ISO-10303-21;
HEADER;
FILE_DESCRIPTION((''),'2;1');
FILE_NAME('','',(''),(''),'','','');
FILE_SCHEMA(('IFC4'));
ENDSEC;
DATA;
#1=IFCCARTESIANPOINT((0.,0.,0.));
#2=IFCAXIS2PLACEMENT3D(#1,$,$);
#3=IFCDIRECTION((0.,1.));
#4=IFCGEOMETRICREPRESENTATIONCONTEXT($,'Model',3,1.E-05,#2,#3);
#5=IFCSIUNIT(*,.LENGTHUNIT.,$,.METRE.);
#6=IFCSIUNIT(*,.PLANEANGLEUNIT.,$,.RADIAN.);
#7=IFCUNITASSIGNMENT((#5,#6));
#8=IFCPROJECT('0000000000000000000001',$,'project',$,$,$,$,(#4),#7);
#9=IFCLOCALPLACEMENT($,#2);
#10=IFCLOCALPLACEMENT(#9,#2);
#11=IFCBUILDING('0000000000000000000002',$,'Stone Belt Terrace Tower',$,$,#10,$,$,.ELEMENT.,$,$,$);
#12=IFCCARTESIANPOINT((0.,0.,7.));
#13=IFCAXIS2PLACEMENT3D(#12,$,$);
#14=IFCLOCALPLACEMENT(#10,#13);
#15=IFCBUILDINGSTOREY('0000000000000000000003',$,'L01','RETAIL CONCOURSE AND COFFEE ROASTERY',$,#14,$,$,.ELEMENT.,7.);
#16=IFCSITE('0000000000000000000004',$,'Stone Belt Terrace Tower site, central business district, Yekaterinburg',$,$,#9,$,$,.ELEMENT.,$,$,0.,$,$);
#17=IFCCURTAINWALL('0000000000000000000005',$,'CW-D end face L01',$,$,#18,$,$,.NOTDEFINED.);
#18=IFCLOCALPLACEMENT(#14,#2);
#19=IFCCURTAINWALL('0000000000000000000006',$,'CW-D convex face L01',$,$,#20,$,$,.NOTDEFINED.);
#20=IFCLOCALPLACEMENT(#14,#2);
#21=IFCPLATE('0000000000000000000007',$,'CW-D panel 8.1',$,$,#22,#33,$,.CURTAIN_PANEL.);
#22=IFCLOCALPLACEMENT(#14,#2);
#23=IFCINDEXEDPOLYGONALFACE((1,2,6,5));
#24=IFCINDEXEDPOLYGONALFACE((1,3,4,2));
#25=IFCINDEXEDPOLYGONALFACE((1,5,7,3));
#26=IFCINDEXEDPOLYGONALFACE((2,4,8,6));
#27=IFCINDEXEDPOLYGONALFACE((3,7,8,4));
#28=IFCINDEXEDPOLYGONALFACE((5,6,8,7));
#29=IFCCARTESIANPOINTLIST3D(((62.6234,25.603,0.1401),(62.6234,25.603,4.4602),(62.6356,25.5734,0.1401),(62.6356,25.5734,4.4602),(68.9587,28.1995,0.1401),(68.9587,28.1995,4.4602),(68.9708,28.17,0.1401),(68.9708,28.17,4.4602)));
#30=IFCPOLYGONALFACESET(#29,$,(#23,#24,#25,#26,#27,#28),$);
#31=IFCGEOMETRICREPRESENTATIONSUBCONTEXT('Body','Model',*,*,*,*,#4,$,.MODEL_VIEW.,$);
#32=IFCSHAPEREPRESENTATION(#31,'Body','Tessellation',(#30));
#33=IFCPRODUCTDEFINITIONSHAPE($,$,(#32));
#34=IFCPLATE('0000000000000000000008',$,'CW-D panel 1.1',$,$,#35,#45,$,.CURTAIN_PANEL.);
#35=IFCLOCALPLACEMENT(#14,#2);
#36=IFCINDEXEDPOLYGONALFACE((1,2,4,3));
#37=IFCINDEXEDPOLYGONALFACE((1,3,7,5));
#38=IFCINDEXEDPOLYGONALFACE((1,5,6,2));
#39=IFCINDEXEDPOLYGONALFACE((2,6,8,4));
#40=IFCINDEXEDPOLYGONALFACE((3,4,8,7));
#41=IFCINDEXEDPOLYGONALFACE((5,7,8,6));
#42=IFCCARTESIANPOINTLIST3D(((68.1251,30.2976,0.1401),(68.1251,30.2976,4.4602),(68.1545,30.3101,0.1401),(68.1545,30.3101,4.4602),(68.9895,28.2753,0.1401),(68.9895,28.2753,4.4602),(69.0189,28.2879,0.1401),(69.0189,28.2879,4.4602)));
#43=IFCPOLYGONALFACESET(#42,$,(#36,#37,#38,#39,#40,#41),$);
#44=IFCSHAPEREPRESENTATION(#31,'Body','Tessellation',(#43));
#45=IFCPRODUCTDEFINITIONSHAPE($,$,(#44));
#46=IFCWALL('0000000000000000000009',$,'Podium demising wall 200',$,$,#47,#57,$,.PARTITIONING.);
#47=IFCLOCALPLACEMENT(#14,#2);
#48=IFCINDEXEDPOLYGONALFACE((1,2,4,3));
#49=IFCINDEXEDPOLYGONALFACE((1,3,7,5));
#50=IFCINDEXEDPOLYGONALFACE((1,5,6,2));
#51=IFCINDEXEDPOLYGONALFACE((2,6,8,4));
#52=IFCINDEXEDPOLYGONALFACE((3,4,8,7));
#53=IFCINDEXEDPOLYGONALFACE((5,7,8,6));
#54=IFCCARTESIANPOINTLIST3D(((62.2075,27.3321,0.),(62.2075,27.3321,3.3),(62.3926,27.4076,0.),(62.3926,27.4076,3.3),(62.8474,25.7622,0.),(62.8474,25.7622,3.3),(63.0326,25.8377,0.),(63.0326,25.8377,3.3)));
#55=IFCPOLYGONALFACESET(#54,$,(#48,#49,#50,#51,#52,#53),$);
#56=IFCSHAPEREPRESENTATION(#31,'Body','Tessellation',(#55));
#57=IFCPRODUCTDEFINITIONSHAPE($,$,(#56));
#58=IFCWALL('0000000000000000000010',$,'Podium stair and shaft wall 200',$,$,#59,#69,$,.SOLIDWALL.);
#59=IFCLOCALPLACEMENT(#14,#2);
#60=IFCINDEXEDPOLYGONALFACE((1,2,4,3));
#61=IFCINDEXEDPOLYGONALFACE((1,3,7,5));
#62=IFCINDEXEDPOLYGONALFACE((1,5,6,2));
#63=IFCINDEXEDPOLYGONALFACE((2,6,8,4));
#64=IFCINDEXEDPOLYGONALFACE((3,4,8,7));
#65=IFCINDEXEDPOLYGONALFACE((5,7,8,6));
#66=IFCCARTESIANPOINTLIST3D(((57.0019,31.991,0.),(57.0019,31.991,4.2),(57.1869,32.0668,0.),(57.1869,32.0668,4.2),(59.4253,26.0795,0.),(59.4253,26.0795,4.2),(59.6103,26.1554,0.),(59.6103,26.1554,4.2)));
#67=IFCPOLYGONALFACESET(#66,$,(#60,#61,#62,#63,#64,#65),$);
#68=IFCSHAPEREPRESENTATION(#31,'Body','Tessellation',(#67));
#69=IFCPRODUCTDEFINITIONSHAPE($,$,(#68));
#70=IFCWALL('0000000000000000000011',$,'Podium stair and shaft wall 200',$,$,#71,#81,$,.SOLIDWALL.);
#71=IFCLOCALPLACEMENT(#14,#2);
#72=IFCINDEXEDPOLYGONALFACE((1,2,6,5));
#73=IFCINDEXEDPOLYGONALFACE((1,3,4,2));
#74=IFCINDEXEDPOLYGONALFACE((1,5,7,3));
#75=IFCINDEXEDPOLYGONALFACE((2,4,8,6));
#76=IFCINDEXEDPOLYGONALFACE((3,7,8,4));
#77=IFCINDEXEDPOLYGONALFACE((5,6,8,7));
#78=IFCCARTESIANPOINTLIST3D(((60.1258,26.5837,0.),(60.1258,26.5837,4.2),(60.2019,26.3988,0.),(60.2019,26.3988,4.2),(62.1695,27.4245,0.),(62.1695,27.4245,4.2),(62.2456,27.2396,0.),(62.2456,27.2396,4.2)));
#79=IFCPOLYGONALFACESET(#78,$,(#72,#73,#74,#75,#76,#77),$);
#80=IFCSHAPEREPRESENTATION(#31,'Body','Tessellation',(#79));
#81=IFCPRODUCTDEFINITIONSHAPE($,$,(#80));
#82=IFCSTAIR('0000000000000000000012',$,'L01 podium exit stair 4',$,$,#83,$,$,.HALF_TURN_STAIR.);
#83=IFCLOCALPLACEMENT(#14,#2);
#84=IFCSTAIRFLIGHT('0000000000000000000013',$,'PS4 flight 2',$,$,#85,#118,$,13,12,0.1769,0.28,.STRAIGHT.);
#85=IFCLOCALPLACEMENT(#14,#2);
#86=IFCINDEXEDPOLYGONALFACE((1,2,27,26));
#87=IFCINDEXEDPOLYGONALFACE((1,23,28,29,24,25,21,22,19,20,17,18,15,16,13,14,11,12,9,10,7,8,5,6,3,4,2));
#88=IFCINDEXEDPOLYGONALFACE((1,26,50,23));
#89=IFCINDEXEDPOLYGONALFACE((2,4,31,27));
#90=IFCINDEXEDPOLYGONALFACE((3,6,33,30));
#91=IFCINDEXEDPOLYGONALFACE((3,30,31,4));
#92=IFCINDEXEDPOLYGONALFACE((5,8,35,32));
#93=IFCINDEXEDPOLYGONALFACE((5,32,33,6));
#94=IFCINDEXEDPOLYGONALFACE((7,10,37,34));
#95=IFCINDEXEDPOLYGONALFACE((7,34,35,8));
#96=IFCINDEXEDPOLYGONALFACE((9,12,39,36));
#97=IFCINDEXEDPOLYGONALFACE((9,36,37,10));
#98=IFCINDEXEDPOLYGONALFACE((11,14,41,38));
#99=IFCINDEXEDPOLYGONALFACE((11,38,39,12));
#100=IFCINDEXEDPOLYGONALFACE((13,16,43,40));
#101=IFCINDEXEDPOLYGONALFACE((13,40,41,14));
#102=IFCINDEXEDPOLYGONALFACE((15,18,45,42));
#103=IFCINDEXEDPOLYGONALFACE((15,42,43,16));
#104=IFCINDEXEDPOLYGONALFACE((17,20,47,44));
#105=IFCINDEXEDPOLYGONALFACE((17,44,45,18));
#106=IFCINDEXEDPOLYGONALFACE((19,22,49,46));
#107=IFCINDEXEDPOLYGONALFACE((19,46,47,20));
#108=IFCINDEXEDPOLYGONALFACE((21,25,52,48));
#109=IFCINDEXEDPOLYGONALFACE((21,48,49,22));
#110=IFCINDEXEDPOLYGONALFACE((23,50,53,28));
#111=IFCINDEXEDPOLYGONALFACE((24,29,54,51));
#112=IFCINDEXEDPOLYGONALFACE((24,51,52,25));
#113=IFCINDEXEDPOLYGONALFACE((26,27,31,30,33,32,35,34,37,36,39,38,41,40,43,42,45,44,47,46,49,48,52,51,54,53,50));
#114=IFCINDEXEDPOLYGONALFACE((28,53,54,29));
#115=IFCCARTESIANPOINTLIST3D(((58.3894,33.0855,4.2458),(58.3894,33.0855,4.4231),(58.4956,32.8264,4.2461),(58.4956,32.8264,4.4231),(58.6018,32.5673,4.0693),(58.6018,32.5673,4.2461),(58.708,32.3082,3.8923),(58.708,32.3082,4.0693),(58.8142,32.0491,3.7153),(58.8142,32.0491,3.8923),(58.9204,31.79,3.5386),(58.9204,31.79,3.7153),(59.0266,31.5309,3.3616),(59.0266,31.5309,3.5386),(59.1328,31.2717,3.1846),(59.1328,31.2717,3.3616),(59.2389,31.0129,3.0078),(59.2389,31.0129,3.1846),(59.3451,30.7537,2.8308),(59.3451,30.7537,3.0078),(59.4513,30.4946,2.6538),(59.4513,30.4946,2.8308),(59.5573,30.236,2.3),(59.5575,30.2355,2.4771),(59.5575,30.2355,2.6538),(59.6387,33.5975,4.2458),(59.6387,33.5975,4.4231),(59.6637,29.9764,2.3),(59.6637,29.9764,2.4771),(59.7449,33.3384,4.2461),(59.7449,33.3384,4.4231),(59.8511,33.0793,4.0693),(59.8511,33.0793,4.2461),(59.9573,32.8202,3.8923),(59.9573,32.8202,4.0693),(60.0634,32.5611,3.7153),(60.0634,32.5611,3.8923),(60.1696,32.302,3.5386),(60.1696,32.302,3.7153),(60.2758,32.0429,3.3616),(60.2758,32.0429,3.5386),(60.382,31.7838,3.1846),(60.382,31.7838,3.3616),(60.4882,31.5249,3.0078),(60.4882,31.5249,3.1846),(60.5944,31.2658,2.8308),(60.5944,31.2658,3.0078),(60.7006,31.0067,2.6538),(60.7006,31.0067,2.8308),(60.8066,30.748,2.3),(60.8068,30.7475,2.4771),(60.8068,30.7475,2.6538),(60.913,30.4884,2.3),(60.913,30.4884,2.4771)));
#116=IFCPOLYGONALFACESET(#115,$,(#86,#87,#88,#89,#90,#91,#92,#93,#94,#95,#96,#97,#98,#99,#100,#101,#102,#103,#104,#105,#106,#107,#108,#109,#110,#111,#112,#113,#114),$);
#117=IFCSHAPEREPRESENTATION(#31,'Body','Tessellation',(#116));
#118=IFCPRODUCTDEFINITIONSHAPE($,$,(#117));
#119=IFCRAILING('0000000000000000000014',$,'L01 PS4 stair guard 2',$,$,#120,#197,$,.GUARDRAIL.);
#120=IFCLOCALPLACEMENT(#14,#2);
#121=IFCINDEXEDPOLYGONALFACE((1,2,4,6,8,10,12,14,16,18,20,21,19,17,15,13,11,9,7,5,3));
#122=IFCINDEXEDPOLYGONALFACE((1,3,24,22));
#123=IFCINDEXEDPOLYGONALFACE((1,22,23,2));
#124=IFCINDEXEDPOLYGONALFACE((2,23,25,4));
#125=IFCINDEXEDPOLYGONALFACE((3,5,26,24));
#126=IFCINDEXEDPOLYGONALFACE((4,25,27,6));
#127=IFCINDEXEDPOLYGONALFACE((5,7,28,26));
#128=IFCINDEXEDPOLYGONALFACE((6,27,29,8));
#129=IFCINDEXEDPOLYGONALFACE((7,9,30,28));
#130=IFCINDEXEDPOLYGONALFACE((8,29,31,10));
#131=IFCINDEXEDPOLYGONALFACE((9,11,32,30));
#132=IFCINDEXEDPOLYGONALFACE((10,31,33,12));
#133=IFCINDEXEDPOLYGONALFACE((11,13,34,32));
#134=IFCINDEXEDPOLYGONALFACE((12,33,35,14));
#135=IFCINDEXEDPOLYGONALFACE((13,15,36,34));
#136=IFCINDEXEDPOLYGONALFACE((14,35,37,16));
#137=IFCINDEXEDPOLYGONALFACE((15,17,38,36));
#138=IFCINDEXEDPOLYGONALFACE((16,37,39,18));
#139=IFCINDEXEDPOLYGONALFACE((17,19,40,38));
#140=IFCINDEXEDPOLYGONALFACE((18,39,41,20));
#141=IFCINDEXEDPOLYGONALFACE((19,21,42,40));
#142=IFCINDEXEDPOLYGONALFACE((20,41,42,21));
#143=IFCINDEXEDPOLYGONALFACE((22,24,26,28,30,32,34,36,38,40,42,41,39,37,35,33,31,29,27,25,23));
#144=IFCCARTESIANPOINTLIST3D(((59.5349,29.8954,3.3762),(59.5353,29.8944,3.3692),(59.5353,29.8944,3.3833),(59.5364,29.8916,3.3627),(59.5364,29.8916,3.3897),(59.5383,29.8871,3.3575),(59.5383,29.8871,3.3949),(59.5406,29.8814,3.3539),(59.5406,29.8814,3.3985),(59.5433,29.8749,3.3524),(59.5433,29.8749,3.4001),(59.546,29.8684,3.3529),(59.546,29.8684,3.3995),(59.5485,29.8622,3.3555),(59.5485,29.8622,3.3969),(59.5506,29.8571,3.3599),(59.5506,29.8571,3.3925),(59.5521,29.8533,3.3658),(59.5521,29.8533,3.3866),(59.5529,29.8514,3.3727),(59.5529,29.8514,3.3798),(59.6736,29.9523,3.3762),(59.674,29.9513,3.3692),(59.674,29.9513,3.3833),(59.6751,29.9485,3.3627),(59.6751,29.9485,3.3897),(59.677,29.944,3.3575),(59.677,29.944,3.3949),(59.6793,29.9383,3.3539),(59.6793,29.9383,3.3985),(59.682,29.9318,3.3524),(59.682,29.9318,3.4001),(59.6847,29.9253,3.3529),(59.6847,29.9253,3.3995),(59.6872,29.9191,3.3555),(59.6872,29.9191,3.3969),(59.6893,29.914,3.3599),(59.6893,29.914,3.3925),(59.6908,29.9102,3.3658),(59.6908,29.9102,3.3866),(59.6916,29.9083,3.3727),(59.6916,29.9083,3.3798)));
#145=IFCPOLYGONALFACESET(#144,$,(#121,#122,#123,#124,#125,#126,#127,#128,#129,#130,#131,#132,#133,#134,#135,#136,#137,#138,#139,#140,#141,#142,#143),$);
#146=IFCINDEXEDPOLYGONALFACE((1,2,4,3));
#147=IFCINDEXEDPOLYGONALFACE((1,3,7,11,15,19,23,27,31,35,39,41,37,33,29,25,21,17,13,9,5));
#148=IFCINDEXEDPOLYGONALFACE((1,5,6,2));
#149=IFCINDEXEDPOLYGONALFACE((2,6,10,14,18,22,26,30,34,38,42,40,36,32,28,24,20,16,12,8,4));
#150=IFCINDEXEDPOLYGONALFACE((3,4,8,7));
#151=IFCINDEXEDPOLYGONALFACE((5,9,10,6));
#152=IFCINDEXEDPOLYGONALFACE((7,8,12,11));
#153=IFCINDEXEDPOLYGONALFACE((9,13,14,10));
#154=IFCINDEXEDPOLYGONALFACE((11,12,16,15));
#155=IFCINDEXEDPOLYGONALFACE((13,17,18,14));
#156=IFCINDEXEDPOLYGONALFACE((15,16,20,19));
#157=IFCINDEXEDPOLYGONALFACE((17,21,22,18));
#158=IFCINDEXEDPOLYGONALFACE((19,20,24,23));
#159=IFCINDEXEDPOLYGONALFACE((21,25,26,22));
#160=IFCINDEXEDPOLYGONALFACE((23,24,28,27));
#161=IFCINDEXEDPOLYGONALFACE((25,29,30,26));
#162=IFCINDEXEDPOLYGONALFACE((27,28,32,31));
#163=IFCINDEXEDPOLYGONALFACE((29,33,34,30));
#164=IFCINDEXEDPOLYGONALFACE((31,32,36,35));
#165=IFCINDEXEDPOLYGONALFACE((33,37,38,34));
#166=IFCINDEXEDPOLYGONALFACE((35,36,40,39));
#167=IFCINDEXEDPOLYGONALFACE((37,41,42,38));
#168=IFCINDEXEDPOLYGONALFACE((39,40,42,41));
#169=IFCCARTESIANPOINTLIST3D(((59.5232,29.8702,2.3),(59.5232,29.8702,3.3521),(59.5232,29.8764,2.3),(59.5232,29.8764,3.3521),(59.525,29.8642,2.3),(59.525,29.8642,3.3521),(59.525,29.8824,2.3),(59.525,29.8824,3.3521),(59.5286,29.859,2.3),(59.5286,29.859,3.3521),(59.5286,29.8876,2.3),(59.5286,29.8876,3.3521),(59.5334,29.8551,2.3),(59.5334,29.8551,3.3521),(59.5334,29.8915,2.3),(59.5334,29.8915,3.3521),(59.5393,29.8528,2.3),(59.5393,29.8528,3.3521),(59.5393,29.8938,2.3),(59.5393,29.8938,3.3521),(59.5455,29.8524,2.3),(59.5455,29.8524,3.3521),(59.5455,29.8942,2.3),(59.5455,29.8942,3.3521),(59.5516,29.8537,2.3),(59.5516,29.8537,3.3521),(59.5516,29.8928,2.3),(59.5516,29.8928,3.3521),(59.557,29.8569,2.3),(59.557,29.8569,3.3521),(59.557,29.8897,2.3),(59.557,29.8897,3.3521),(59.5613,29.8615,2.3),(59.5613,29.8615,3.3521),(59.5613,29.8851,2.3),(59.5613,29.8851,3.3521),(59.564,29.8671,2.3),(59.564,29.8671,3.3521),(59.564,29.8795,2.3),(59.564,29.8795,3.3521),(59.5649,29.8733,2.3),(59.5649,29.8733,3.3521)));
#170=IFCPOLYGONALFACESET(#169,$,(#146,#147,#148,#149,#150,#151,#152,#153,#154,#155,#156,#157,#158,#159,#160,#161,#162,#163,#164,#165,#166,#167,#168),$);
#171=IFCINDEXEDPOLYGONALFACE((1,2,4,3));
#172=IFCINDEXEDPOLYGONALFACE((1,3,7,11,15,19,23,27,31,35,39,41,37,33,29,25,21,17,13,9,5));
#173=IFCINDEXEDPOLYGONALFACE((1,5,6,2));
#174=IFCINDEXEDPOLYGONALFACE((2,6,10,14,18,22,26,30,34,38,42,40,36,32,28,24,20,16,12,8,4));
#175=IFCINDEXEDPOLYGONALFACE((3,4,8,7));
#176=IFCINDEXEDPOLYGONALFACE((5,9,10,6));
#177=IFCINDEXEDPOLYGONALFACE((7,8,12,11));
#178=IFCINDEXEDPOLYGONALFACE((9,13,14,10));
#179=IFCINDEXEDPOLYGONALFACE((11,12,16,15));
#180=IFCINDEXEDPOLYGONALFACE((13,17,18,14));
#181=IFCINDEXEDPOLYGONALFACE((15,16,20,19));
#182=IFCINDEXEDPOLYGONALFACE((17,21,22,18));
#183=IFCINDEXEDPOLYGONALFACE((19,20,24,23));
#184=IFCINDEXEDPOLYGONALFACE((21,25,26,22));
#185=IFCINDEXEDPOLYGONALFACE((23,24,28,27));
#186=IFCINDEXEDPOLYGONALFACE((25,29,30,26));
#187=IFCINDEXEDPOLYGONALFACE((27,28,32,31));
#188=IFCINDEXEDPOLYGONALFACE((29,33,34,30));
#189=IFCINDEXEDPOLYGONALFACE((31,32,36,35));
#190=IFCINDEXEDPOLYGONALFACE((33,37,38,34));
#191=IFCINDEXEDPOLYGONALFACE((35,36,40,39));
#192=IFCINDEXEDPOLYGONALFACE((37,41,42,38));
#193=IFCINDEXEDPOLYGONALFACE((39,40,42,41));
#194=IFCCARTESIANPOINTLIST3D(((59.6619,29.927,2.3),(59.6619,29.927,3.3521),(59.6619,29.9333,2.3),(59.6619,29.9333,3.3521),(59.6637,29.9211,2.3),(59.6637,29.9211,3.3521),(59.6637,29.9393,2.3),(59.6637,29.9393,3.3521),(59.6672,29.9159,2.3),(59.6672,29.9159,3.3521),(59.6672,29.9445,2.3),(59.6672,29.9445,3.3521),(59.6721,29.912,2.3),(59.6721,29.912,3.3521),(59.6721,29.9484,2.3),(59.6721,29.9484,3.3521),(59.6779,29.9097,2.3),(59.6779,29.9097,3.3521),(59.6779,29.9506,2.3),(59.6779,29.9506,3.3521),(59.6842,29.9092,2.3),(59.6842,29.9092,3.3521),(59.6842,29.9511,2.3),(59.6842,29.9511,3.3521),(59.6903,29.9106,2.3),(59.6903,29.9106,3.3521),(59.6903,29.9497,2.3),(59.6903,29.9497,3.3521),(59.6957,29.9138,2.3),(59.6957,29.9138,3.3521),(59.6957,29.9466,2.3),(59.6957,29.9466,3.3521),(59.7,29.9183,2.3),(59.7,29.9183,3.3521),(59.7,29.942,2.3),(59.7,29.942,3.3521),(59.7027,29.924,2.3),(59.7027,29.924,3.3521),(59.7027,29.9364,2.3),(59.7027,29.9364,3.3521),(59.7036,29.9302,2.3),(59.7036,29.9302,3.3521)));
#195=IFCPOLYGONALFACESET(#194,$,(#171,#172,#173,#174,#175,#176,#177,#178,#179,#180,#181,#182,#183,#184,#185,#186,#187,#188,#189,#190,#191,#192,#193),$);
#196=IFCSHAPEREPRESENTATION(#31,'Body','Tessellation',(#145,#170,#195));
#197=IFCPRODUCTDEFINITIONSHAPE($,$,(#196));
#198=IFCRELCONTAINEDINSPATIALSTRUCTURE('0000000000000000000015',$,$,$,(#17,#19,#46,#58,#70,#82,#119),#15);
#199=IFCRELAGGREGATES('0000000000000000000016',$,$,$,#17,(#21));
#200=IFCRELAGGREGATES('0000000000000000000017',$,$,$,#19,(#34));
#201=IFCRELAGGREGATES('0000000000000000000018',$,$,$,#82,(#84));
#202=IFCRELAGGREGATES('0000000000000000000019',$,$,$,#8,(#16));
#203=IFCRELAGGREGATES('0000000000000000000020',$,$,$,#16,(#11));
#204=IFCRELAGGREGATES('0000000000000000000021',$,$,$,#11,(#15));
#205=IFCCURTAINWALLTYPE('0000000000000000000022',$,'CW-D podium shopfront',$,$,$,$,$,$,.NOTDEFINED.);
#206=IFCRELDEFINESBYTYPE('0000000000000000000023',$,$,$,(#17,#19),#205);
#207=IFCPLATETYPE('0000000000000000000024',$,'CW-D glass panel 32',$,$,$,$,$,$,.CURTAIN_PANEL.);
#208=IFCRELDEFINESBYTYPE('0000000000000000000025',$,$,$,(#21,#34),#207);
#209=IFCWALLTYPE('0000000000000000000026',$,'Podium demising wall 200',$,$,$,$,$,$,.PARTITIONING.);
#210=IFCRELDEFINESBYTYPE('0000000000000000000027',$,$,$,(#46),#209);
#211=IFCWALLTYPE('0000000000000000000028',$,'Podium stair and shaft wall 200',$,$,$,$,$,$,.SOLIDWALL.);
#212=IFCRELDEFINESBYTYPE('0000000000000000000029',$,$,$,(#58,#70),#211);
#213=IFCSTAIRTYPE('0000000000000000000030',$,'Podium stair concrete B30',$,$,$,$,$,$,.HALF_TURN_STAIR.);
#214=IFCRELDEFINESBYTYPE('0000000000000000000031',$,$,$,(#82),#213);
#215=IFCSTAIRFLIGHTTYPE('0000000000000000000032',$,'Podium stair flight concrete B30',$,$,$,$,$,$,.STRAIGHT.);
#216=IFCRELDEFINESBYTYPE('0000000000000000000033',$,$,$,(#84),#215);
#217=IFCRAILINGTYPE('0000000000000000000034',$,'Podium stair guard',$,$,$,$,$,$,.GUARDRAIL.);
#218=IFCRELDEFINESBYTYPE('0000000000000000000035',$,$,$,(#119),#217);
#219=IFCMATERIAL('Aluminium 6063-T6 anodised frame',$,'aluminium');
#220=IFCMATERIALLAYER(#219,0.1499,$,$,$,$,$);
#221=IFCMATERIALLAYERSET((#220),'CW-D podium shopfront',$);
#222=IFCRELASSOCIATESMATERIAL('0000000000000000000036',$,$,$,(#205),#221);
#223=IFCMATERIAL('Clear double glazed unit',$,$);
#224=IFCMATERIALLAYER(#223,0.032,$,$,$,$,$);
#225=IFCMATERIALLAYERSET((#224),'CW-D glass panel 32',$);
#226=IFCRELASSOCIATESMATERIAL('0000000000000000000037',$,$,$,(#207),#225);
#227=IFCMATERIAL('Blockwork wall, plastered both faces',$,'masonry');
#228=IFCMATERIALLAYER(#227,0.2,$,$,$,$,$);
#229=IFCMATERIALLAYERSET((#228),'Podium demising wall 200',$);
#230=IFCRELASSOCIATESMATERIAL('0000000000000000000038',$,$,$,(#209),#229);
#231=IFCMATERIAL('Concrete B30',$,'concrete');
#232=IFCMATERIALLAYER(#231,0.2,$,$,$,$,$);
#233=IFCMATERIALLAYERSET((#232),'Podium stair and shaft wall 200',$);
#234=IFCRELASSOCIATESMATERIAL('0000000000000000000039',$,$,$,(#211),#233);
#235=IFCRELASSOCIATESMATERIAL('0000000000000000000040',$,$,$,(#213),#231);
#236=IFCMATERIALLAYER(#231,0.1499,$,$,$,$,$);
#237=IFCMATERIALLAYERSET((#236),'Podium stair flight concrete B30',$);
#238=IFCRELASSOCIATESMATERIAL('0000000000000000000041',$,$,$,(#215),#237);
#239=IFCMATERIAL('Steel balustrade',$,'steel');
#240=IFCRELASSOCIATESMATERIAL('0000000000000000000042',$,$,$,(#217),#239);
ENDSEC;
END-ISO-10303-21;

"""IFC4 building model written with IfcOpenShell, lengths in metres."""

from ifc_helpers import new_model, si_unit, direction, frame, frame_2d, origin, origin_2d, place, context, subcontext, project, spatial, polyline, rectangle, circle, outline, extrude, material, layer, layer_set, type_object, element, aggregate, save


model = new_model("IFC4")

# Units and contexts
model_context = context("Model", 3, precision=1e-05, world=origin(), true_north=direction((0.0, 1.0)))
body_context = subcontext(model_context, "Body", "Model", "MODEL_VIEW")
ifc_project = project(units=[si_unit("LENGTHUNIT", "METRE"), si_unit("PLANEANGLEUNIT", "RADIAN")], contexts=[model_context])

# Site, building, storey
site_placement = place(None, origin())
site = spatial("IfcSite", under=ifc_project, at=site_placement, Name="Stone Belt Terrace Tower site, central business district, Yekaterinburg", CompositionType="ELEMENT", RefElevation=0.0)
building_placement = place(site_placement, origin())
building = spatial("IfcBuilding", under=site, at=building_placement, Name="Stone Belt Terrace Tower", CompositionType="ELEMENT")
storey_placement = place(building_placement, frame((0.0, 0.0, 7.0)))
storey = spatial("IfcBuildingStorey", under=building, at=storey_placement, Name="L01", Description="RETAIL CONCOURSE AND COFFEE ROASTERY", CompositionType="ELEMENT", Elevation=7.0)

# Curtain wall
ifc_material_1 = material(Name="Aluminium 6063-T6 anodised frame", Category="aluminium")
ifc_layer_1 = layer(ifc_material_1, 0.1499)
ifc_layer_set_1 = layer_set([ifc_layer_1], Name="CW-D podium shopfront")
curtain_wall_type = type_object("IfcCurtainWallType", Name="CW-D podium shopfront", PredefinedType="NOTDEFINED", material=ifc_layer_set_1)
curtain_wall_1_placement = place(storey_placement, origin())
curtain_wall_1 = element("IfcCurtainWall", 1, at=curtain_wall_1_placement, inside=storey, type_object=curtain_wall_type, Name="CW-D end face L01", PredefinedType="NOTDEFINED")

# Curtain wall
curtain_wall_2_placement = place(storey_placement, origin())
curtain_wall_2 = element("IfcCurtainWall", 2, at=curtain_wall_2_placement, inside=storey, type_object=curtain_wall_type, Name="CW-D convex face L01", PredefinedType="NOTDEFINED")

# Plates
ifc_material_2 = material(Name="Clear double glazed unit")
ifc_layer_2 = layer(ifc_material_2, 0.032)
ifc_layer_set_2 = layer_set([ifc_layer_2], Name="CW-D glass panel 32")
plate_type = type_object("IfcPlateType", Name="CW-D glass panel 32", PredefinedType="CURTAIN_PANEL", material=ifc_layer_set_2)
plate_1_placement = place(storey_placement, frame((65.7971, 26.8865, 0.1401), z_axis=(0.0, 0.0, 1.0), x_axis=(0.925297, 0.379243, 0.0)))
plate_1 = element("IfcPlate", 3, at=plate_1_placement, type_object=plate_type, Name="CW-D panel 8.1", PredefinedType="CURTAIN_PANEL", context=body_context, shape_type="SweptSolid", body=[
    extrude(rectangle(XDim=6.8467, YDim=0.032, at=origin_2d()), origin(), (0.0, 0.0, 1.0), 4.3201),
])
aggregate(curtain_wall_1, [plate_1])
plate_2_placement = place(storey_placement, frame((68.572, 29.2927, 0.1401), z_axis=(0.0, 0.0, 1.0), x_axis=(-0.393034, 0.919524, 0.0)))
plate_2 = element("IfcPlate", 4, at=plate_2_placement, type_object=plate_type, Name="CW-D panel 1.1", PredefinedType="CURTAIN_PANEL", context=body_context, shape_type="SweptSolid", body=[
    extrude(rectangle(XDim=2.1992, YDim=0.032, at=origin_2d()), origin(), (0.0, 0.0, 1.0), 4.3201),
])
aggregate(curtain_wall_2, [plate_2])

# Walls
ifc_material_3 = material(Name="Blockwork wall, plastered both faces", Category="masonry")
ifc_layer_3 = layer(ifc_material_3, 0.2)
ifc_layer_set_3 = layer_set([ifc_layer_3], Name="Podium demising wall 200")
wall_type_1 = type_object("IfcWallType", Name="Podium demising wall 200", PredefinedType="PARTITIONING", material=ifc_layer_set_3)
wall_1_placement = place(storey_placement, frame((62.3, 27.3699, 0.0), z_axis=(0.0, 0.0, 1.0), x_axis=(0.377466, -0.926023, 0.0)))
element("IfcWall", 5, at=wall_1_placement, inside=storey, type_object=wall_type_1, Name="Podium demising wall 200", PredefinedType="PARTITIONING", context=body_context, shape_type="SweptSolid", body=[
    extrude(rectangle(XDim=1.6953, YDim=0.2, at=frame_2d((0.8477, 0.0))), origin(), (0.0, 0.0, 1.0), 3.3),
])
ifc_material_4 = material(Name="Concrete B30", Category="concrete")
ifc_layer_4 = layer(ifc_material_4, 0.2)
ifc_layer_set_4 = layer_set([ifc_layer_4], Name="Podium stair and shaft wall 200")
wall_type_2 = type_object("IfcWallType", Name="Podium stair and shaft wall 200", PredefinedType="SOLIDWALL", material=ifc_layer_set_4)
wall_2_placement = place(storey_placement, frame((57.0945, 32.0288, 0.0), z_axis=(0.0, 0.0, 1.0), x_axis=(0.37931, -0.92527, 0.0)))
element("IfcWall", 6, at=wall_2_placement, inside=storey, type_object=wall_type_2, Name="Podium stair and shaft wall 200", PredefinedType="SOLIDWALL", context=body_context, shape_type="SweptSolid", body=[
    extrude(rectangle(XDim=6.3889, YDim=0.2, at=frame_2d((3.1943, 0.0))), origin(), (0.0, 0.0, 1.0), 4.2),
])
wall_3_placement = place(storey_placement, frame((60.1638, 26.4912, 0.0), z_axis=(0.0, 0.0, 1.0), x_axis=(0.92479, 0.380478, 0.0)))
element("IfcWall", 7, at=wall_3_placement, inside=storey, type_object=wall_type_2, Name="Podium stair and shaft wall 200", PredefinedType="SOLIDWALL", context=body_context, shape_type="SweptSolid", body=[
    extrude(rectangle(XDim=2.21, YDim=0.2, at=frame_2d((1.105, 0.0))), origin(), (0.0, 0.0, 1.0), 4.2),
])

# Stair, stair flight
stair_type = type_object("IfcStairType", Name="Podium stair concrete B30", PredefinedType="HALF_TURN_STAIR", material=ifc_material_4)
stair_placement = place(storey_placement, origin())
stair = element("IfcStair", 8, at=stair_placement, inside=storey, type_object=stair_type, Name="L01 podium exit stair 4", PredefinedType="HALF_TURN_STAIR")
ifc_layer_5 = layer(ifc_material_4, 0.1499)
ifc_layer_set_5 = layer_set([ifc_layer_5], Name="Podium stair flight concrete B30")
stair_flight_type = type_object("IfcStairFlightType", Name="Podium stair flight concrete B30", PredefinedType="STRAIGHT", material=ifc_layer_set_5)
stair_flight_placement = place(storey_placement, frame((60.2883, 30.2324, 2.3), z_axis=(0.0, 0.0, 1.0), x_axis=(-0.379243, 0.925297, 0.0)))
stair_flight = element("IfcStairFlight", 9, at=stair_flight_placement, type_object=stair_flight_type, Name="PS4 flight 2", NumberOfRisers=13, NumberOfTreads=12, PredefinedType="STRAIGHT", RiserHeight=0.1769, TreadLength=0.28, context=body_context, shape_type="SweptSolid", body=[
    extrude(outline(polyline([(0.0, 0.0), (0.0, 0.177), (0.28, 0.177), (0.28, 0.3538), (0.5601, 0.3538), (0.5601, 0.5308), (0.8401, 0.5308), (0.8401, 0.7078), (1.1201, 0.7078), (1.1201, 0.8845), (1.3999, 0.8845), (1.3999, 1.0615), (1.6799, 1.0615), (1.6799, 1.2385), (1.96, 1.2385), (1.96, 1.4153), (2.24, 1.4153), (2.24, 1.5923), (2.52, 1.5923), (2.52, 1.7693), (2.8, 1.7693), (2.8, 1.946), (3.0801, 1.946), (3.0801, 2.123), (3.3601, 2.123), (3.3601, 2.3), (3.3601, 1.9458), (0.2805, 0.0), (0.0, 0.0)])), frame((0.0, 0.675, 0.0), z_axis=(0.0, -1.0, 0.0), x_axis=(1.0, 0.0, 0.0)), (0.0, 0.0, 1.0), 1.3501),
])
aggregate(stair, [stair_flight])

# Railing
ifc_material_5 = material(Name="Steel balustrade", Category="steel")
railing_type_1 = type_object("IfcRailingType", Name="Podium stair guard", PredefinedType="GUARDRAIL", material=ifc_material_5)
railing_1_placement = place(storey_placement, frame((59.5439, 29.8733, 2.3)))
element("IfcRailing", 10, at=railing_1_placement, inside=storey, type_object=railing_type_1, Name="L01 PS4 stair guard 2", PredefinedType="GUARDRAIL", context=body_context, shape_type="SweptSolid", body=[
    extrude(circle(Radius=0.0239, at=origin_2d()), frame((0.0, 0.0, 1.0762), z_axis=(0.925183, 0.379521, 0.0), x_axis=(-0.379521, 0.925183, 0.0)), (0.0, 0.0, 1.0), 0.1499),
    extrude(circle(Radius=0.021, at=origin_2d()), origin(), (0.0, 0.0, 1.0), 1.052),
    extrude(circle(Radius=0.021, at=origin_2d()), frame((0.1387, 0.0569, 0.0)), (0.0, 0.0, 1.0), 1.052),
])

save(model, "model.ifc")
